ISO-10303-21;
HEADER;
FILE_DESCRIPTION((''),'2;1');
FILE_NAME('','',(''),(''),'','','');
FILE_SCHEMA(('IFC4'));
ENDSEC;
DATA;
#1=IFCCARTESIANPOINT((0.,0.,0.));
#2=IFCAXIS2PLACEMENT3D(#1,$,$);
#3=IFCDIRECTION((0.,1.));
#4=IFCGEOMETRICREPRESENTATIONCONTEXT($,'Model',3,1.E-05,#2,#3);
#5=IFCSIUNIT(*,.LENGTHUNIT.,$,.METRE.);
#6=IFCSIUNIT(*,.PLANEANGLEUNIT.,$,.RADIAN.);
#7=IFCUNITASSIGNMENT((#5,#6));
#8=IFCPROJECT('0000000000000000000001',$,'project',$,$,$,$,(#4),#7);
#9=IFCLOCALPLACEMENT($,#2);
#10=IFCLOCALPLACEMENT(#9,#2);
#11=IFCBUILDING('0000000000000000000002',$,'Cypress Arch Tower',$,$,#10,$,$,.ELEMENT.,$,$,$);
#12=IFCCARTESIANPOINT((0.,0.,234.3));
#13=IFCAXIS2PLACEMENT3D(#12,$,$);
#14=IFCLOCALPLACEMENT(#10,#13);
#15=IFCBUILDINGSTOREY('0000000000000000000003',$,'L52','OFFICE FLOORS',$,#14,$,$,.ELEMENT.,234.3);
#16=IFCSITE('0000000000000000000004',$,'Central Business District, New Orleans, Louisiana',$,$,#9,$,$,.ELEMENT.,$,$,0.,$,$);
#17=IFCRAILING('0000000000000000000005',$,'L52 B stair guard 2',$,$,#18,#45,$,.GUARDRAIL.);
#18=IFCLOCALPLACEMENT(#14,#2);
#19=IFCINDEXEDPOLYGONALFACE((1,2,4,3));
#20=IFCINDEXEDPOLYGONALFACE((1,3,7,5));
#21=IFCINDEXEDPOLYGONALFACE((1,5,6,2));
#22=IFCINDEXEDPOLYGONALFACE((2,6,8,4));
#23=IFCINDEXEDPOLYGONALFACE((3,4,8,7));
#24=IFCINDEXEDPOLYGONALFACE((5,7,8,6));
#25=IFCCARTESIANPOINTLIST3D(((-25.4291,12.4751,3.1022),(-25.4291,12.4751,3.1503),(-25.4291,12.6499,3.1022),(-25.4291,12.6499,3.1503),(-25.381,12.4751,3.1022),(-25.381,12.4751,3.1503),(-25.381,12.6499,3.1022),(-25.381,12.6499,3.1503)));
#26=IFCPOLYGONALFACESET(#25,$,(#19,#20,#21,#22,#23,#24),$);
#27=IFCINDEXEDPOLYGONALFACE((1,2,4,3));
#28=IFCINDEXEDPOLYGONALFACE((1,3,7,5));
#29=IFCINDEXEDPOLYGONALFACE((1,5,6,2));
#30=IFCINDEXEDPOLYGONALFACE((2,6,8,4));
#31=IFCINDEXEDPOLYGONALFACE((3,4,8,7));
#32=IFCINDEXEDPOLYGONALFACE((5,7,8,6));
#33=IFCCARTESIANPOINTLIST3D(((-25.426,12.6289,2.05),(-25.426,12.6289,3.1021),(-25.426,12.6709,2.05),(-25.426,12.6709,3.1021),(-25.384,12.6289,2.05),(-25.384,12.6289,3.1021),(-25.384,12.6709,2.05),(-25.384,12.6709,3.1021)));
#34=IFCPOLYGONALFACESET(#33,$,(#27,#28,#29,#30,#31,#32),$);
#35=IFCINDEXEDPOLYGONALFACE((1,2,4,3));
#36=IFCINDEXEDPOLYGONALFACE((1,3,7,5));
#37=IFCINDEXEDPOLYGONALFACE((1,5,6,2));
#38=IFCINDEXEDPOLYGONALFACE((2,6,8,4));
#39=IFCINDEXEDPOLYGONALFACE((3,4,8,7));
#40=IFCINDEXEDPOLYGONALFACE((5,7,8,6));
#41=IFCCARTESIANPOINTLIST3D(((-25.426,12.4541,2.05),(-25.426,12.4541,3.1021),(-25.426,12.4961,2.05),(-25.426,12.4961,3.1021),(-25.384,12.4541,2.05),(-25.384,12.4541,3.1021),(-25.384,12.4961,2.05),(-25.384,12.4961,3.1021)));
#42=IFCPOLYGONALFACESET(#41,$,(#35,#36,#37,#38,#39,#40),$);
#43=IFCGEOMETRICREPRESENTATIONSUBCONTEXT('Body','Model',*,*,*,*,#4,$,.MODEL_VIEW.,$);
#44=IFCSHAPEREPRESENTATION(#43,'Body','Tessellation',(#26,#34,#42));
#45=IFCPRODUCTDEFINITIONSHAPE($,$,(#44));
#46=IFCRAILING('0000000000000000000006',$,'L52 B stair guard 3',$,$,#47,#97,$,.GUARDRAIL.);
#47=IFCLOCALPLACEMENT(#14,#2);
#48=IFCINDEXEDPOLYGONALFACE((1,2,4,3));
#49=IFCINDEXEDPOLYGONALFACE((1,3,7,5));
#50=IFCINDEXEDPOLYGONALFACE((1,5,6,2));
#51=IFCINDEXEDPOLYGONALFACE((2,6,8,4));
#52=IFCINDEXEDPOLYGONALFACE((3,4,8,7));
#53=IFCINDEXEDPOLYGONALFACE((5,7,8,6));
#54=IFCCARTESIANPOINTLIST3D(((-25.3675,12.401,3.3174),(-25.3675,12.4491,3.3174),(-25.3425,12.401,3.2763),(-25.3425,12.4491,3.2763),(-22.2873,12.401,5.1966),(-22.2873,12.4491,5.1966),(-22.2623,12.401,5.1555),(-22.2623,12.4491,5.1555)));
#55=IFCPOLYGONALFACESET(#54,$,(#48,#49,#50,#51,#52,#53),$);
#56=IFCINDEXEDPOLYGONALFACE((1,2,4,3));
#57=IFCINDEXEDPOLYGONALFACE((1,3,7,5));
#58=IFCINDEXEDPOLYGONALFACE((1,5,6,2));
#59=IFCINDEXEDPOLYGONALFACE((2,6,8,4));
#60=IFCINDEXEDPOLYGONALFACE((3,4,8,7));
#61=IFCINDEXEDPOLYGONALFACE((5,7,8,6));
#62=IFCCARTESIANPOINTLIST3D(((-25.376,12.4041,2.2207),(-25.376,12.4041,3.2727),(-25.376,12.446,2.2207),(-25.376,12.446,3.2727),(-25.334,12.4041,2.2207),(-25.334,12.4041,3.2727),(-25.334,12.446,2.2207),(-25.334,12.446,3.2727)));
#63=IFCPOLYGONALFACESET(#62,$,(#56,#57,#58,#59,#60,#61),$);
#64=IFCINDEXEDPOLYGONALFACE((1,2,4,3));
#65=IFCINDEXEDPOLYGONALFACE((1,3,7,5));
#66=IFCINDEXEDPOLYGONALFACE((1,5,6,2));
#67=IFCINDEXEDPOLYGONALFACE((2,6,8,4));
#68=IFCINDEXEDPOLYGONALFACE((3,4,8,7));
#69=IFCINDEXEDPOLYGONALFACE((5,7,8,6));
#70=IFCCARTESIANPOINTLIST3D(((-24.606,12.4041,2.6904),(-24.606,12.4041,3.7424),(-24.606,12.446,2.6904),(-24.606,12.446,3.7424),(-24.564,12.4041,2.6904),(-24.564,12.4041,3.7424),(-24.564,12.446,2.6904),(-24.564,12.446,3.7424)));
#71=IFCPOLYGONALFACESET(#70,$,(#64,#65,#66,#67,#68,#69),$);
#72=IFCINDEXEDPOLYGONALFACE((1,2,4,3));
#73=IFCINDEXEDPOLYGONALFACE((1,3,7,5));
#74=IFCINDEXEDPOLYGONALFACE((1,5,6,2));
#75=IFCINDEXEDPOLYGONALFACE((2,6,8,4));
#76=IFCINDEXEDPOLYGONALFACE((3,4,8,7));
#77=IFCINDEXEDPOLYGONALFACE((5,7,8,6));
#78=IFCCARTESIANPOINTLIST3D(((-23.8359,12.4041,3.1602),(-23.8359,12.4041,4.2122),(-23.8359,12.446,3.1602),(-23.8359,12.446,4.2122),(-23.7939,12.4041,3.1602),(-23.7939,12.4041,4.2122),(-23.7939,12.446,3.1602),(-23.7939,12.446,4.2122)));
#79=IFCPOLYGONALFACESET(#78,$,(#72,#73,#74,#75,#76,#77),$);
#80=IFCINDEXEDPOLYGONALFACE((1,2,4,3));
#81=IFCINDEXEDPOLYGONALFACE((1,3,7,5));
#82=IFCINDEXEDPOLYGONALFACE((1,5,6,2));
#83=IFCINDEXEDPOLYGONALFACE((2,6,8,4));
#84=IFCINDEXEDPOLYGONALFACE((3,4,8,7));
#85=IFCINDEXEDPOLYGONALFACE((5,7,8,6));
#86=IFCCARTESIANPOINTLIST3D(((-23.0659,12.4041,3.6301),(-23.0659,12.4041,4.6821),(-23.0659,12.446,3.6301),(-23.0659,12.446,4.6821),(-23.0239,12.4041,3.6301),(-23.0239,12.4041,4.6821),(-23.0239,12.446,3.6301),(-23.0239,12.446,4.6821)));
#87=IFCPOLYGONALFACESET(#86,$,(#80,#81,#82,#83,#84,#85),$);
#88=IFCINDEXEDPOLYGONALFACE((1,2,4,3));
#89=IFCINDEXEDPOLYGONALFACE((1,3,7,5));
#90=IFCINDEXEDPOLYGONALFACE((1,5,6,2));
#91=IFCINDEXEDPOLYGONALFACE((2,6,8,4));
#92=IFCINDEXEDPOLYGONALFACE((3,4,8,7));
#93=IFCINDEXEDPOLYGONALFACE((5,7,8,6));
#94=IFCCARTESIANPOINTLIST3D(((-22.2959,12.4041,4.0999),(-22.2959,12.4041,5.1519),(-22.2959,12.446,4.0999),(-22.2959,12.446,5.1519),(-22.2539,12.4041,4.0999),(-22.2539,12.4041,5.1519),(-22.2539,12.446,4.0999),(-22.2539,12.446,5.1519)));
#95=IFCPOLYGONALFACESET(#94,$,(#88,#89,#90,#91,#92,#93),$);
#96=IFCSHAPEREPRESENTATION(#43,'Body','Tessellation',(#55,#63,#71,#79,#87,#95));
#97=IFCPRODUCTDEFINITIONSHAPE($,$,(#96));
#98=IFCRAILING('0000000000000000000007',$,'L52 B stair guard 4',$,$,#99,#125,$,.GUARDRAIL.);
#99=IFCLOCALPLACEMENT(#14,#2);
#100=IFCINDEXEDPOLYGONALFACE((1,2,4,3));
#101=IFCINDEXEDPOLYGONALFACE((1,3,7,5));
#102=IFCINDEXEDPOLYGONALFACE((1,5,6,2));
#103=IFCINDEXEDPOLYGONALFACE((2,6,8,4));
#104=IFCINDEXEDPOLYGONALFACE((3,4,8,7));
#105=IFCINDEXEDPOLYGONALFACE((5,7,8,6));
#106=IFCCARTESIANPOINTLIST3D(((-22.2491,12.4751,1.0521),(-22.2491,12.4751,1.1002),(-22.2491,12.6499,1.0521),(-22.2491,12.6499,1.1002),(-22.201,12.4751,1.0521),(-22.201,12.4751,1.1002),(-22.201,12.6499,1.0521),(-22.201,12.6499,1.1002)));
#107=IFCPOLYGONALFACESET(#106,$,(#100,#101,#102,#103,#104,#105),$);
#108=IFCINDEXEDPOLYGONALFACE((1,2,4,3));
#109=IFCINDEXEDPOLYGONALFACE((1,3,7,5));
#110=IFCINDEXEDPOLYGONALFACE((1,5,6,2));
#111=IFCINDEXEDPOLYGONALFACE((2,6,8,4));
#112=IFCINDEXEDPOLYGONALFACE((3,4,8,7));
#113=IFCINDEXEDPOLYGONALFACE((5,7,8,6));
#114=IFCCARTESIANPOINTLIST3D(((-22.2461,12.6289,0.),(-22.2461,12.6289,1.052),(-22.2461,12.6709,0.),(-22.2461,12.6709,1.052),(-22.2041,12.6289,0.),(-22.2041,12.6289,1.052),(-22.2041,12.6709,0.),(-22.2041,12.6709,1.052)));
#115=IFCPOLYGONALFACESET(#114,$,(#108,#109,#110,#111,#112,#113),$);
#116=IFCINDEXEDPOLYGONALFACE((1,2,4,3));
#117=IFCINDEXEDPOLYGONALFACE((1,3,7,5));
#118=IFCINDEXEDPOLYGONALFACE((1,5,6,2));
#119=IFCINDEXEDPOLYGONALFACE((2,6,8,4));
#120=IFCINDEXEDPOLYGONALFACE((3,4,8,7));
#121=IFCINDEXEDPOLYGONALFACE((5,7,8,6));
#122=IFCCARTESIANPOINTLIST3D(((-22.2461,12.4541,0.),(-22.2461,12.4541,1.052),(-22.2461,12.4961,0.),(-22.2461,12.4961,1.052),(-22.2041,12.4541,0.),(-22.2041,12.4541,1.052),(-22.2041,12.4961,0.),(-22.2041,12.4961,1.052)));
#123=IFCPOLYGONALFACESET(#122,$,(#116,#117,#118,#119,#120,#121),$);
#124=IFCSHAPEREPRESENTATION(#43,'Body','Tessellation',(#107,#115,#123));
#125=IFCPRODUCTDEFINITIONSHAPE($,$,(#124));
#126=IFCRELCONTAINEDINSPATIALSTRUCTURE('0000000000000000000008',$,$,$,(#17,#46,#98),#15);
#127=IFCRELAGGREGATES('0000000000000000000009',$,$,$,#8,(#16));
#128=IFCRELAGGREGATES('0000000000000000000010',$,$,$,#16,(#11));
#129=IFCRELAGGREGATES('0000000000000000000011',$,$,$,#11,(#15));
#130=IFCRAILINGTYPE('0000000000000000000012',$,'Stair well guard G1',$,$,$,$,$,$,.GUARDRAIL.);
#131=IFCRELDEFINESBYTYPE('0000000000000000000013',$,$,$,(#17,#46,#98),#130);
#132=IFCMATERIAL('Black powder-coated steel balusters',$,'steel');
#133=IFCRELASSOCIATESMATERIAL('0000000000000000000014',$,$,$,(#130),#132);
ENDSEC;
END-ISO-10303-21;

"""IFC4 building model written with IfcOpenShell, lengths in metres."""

from ifc_helpers import new_model, si_unit, direction, frame, origin, origin_2d, place, context, subcontext, project, spatial, rectangle, extrude, material, type_object, element, save


model = new_model("IFC4")

# Units and contexts
model_context = context("Model", 3, precision=1e-05, world=origin(), true_north=direction((0.0, 1.0)))
body_context = subcontext(model_context, "Body", "Model", "MODEL_VIEW")
ifc_project = project(units=[si_unit("LENGTHUNIT", "METRE"), si_unit("PLANEANGLEUNIT", "RADIAN")], contexts=[model_context])

# Site, building, storey
site_placement = place(None, origin())
site = spatial("IfcSite", under=ifc_project, at=site_placement, Name="Central Business District, New Orleans, Louisiana", CompositionType="ELEMENT", RefElevation=0.0)
building_placement = place(site_placement, origin())
building = spatial("IfcBuilding", under=site, at=building_placement, Name="Cypress Arch Tower", CompositionType="ELEMENT")
storey_placement = place(building_placement, frame((0.0, 0.0, 234.3)))
storey = spatial("IfcBuildingStorey", under=building, at=storey_placement, Name="L52", Description="OFFICE FLOORS", CompositionType="ELEMENT", Elevation=234.3)

# Railings
ifc_material_1 = material(Name="Black powder-coated steel balusters", Category="steel")
railing_type_1 = type_object("IfcRailingType", Name="Stair well guard G1", PredefinedType="GUARDRAIL", material=ifc_material_1)
railing_1_placement = place(storey_placement, frame((-25.405, 12.6499, 2.05)))
element("IfcRailing", 1, at=railing_1_placement, inside=storey, type_object=railing_type_1, Name="L52 B stair guard 2", PredefinedType="GUARDRAIL", context=body_context, shape_type="SweptSolid", body=[
    extrude(rectangle(XDim=0.0481, YDim=0.0481, at=origin_2d()), frame((0.0, 0.0, 1.0762), z_axis=(0.0, -1.0, 0.0), x_axis=(1.0, 0.0, 0.0)), (0.0, 0.0, 1.0), 0.1748),
    extrude(rectangle(XDim=0.042, YDim=0.042, at=origin_2d()), origin(), (0.0, 0.0, 1.0), 1.052),
    extrude(rectangle(XDim=0.042, YDim=0.042, at=origin_2d()), frame((0.0, -0.1748, 0.0)), (0.0, 0.0, 1.0), 1.052),
])
railing_2_placement = place(storey_placement, frame((-25.355, 12.425, 2.2207)))
element("IfcRailing", 2, at=railing_2_placement, inside=storey, type_object=railing_type_1, Name="L52 B stair guard 3", PredefinedType="GUARDRAIL", context=body_context, shape_type="SweptSolid", body=[
    extrude(rectangle(XDim=0.0481, YDim=0.0481, at=origin_2d()), frame((0.0, 0.0, 1.0762), z_axis=(0.853666, 0.0, 0.52082), x_axis=(0.0, 1.0, 0.0)), (0.0, 0.0, 1.0), 3.6082),
    extrude(rectangle(XDim=0.042, YDim=0.042, at=origin_2d()), origin(), (0.0, 0.0, 1.0), 1.052),
    extrude(rectangle(XDim=0.042, YDim=0.042, at=origin_2d()), frame((0.77, 0.0, 0.4697)), (0.0, 0.0, 1.0), 1.052),
    extrude(rectangle(XDim=0.042, YDim=0.042, at=origin_2d()), frame((1.54, 0.0, 0.9395)), (0.0, 0.0, 1.0), 1.052),
    extrude(rectangle(XDim=0.042, YDim=0.042, at=origin_2d()), frame((2.3101, 0.0, 1.4094)), (0.0, 0.0, 1.0), 1.052),
    extrude(rectangle(XDim=0.042, YDim=0.042, at=origin_2d()), frame((3.0801, 0.0, 1.8792)), (0.0, 0.0, 1.0), 1.052),
])
railing_3_placement = place(storey_placement, frame((-22.2251, 12.6499, 0.0)))
element("IfcRailing", 3, at=railing_3_placement, inside=storey, type_object=railing_type_1, Name="L52 B stair guard 4", PredefinedType="GUARDRAIL", context=body_context, shape_type="SweptSolid", body=[
    extrude(rectangle(XDim=0.0481, YDim=0.0481, at=origin_2d()), frame((0.0, 0.0, 1.0762), z_axis=(0.0, -1.0, 0.0), x_axis=(1.0, 0.0, 0.0)), (0.0, 0.0, 1.0), 0.1748),
    extrude(rectangle(XDim=0.042, YDim=0.042, at=origin_2d()), origin(), (0.0, 0.0, 1.0), 1.052),
    extrude(rectangle(XDim=0.042, YDim=0.042, at=origin_2d()), frame((0.0, -0.1748, 0.0)), (0.0, 0.0, 1.0), 1.052),
])

save(model, "model.ifc")
